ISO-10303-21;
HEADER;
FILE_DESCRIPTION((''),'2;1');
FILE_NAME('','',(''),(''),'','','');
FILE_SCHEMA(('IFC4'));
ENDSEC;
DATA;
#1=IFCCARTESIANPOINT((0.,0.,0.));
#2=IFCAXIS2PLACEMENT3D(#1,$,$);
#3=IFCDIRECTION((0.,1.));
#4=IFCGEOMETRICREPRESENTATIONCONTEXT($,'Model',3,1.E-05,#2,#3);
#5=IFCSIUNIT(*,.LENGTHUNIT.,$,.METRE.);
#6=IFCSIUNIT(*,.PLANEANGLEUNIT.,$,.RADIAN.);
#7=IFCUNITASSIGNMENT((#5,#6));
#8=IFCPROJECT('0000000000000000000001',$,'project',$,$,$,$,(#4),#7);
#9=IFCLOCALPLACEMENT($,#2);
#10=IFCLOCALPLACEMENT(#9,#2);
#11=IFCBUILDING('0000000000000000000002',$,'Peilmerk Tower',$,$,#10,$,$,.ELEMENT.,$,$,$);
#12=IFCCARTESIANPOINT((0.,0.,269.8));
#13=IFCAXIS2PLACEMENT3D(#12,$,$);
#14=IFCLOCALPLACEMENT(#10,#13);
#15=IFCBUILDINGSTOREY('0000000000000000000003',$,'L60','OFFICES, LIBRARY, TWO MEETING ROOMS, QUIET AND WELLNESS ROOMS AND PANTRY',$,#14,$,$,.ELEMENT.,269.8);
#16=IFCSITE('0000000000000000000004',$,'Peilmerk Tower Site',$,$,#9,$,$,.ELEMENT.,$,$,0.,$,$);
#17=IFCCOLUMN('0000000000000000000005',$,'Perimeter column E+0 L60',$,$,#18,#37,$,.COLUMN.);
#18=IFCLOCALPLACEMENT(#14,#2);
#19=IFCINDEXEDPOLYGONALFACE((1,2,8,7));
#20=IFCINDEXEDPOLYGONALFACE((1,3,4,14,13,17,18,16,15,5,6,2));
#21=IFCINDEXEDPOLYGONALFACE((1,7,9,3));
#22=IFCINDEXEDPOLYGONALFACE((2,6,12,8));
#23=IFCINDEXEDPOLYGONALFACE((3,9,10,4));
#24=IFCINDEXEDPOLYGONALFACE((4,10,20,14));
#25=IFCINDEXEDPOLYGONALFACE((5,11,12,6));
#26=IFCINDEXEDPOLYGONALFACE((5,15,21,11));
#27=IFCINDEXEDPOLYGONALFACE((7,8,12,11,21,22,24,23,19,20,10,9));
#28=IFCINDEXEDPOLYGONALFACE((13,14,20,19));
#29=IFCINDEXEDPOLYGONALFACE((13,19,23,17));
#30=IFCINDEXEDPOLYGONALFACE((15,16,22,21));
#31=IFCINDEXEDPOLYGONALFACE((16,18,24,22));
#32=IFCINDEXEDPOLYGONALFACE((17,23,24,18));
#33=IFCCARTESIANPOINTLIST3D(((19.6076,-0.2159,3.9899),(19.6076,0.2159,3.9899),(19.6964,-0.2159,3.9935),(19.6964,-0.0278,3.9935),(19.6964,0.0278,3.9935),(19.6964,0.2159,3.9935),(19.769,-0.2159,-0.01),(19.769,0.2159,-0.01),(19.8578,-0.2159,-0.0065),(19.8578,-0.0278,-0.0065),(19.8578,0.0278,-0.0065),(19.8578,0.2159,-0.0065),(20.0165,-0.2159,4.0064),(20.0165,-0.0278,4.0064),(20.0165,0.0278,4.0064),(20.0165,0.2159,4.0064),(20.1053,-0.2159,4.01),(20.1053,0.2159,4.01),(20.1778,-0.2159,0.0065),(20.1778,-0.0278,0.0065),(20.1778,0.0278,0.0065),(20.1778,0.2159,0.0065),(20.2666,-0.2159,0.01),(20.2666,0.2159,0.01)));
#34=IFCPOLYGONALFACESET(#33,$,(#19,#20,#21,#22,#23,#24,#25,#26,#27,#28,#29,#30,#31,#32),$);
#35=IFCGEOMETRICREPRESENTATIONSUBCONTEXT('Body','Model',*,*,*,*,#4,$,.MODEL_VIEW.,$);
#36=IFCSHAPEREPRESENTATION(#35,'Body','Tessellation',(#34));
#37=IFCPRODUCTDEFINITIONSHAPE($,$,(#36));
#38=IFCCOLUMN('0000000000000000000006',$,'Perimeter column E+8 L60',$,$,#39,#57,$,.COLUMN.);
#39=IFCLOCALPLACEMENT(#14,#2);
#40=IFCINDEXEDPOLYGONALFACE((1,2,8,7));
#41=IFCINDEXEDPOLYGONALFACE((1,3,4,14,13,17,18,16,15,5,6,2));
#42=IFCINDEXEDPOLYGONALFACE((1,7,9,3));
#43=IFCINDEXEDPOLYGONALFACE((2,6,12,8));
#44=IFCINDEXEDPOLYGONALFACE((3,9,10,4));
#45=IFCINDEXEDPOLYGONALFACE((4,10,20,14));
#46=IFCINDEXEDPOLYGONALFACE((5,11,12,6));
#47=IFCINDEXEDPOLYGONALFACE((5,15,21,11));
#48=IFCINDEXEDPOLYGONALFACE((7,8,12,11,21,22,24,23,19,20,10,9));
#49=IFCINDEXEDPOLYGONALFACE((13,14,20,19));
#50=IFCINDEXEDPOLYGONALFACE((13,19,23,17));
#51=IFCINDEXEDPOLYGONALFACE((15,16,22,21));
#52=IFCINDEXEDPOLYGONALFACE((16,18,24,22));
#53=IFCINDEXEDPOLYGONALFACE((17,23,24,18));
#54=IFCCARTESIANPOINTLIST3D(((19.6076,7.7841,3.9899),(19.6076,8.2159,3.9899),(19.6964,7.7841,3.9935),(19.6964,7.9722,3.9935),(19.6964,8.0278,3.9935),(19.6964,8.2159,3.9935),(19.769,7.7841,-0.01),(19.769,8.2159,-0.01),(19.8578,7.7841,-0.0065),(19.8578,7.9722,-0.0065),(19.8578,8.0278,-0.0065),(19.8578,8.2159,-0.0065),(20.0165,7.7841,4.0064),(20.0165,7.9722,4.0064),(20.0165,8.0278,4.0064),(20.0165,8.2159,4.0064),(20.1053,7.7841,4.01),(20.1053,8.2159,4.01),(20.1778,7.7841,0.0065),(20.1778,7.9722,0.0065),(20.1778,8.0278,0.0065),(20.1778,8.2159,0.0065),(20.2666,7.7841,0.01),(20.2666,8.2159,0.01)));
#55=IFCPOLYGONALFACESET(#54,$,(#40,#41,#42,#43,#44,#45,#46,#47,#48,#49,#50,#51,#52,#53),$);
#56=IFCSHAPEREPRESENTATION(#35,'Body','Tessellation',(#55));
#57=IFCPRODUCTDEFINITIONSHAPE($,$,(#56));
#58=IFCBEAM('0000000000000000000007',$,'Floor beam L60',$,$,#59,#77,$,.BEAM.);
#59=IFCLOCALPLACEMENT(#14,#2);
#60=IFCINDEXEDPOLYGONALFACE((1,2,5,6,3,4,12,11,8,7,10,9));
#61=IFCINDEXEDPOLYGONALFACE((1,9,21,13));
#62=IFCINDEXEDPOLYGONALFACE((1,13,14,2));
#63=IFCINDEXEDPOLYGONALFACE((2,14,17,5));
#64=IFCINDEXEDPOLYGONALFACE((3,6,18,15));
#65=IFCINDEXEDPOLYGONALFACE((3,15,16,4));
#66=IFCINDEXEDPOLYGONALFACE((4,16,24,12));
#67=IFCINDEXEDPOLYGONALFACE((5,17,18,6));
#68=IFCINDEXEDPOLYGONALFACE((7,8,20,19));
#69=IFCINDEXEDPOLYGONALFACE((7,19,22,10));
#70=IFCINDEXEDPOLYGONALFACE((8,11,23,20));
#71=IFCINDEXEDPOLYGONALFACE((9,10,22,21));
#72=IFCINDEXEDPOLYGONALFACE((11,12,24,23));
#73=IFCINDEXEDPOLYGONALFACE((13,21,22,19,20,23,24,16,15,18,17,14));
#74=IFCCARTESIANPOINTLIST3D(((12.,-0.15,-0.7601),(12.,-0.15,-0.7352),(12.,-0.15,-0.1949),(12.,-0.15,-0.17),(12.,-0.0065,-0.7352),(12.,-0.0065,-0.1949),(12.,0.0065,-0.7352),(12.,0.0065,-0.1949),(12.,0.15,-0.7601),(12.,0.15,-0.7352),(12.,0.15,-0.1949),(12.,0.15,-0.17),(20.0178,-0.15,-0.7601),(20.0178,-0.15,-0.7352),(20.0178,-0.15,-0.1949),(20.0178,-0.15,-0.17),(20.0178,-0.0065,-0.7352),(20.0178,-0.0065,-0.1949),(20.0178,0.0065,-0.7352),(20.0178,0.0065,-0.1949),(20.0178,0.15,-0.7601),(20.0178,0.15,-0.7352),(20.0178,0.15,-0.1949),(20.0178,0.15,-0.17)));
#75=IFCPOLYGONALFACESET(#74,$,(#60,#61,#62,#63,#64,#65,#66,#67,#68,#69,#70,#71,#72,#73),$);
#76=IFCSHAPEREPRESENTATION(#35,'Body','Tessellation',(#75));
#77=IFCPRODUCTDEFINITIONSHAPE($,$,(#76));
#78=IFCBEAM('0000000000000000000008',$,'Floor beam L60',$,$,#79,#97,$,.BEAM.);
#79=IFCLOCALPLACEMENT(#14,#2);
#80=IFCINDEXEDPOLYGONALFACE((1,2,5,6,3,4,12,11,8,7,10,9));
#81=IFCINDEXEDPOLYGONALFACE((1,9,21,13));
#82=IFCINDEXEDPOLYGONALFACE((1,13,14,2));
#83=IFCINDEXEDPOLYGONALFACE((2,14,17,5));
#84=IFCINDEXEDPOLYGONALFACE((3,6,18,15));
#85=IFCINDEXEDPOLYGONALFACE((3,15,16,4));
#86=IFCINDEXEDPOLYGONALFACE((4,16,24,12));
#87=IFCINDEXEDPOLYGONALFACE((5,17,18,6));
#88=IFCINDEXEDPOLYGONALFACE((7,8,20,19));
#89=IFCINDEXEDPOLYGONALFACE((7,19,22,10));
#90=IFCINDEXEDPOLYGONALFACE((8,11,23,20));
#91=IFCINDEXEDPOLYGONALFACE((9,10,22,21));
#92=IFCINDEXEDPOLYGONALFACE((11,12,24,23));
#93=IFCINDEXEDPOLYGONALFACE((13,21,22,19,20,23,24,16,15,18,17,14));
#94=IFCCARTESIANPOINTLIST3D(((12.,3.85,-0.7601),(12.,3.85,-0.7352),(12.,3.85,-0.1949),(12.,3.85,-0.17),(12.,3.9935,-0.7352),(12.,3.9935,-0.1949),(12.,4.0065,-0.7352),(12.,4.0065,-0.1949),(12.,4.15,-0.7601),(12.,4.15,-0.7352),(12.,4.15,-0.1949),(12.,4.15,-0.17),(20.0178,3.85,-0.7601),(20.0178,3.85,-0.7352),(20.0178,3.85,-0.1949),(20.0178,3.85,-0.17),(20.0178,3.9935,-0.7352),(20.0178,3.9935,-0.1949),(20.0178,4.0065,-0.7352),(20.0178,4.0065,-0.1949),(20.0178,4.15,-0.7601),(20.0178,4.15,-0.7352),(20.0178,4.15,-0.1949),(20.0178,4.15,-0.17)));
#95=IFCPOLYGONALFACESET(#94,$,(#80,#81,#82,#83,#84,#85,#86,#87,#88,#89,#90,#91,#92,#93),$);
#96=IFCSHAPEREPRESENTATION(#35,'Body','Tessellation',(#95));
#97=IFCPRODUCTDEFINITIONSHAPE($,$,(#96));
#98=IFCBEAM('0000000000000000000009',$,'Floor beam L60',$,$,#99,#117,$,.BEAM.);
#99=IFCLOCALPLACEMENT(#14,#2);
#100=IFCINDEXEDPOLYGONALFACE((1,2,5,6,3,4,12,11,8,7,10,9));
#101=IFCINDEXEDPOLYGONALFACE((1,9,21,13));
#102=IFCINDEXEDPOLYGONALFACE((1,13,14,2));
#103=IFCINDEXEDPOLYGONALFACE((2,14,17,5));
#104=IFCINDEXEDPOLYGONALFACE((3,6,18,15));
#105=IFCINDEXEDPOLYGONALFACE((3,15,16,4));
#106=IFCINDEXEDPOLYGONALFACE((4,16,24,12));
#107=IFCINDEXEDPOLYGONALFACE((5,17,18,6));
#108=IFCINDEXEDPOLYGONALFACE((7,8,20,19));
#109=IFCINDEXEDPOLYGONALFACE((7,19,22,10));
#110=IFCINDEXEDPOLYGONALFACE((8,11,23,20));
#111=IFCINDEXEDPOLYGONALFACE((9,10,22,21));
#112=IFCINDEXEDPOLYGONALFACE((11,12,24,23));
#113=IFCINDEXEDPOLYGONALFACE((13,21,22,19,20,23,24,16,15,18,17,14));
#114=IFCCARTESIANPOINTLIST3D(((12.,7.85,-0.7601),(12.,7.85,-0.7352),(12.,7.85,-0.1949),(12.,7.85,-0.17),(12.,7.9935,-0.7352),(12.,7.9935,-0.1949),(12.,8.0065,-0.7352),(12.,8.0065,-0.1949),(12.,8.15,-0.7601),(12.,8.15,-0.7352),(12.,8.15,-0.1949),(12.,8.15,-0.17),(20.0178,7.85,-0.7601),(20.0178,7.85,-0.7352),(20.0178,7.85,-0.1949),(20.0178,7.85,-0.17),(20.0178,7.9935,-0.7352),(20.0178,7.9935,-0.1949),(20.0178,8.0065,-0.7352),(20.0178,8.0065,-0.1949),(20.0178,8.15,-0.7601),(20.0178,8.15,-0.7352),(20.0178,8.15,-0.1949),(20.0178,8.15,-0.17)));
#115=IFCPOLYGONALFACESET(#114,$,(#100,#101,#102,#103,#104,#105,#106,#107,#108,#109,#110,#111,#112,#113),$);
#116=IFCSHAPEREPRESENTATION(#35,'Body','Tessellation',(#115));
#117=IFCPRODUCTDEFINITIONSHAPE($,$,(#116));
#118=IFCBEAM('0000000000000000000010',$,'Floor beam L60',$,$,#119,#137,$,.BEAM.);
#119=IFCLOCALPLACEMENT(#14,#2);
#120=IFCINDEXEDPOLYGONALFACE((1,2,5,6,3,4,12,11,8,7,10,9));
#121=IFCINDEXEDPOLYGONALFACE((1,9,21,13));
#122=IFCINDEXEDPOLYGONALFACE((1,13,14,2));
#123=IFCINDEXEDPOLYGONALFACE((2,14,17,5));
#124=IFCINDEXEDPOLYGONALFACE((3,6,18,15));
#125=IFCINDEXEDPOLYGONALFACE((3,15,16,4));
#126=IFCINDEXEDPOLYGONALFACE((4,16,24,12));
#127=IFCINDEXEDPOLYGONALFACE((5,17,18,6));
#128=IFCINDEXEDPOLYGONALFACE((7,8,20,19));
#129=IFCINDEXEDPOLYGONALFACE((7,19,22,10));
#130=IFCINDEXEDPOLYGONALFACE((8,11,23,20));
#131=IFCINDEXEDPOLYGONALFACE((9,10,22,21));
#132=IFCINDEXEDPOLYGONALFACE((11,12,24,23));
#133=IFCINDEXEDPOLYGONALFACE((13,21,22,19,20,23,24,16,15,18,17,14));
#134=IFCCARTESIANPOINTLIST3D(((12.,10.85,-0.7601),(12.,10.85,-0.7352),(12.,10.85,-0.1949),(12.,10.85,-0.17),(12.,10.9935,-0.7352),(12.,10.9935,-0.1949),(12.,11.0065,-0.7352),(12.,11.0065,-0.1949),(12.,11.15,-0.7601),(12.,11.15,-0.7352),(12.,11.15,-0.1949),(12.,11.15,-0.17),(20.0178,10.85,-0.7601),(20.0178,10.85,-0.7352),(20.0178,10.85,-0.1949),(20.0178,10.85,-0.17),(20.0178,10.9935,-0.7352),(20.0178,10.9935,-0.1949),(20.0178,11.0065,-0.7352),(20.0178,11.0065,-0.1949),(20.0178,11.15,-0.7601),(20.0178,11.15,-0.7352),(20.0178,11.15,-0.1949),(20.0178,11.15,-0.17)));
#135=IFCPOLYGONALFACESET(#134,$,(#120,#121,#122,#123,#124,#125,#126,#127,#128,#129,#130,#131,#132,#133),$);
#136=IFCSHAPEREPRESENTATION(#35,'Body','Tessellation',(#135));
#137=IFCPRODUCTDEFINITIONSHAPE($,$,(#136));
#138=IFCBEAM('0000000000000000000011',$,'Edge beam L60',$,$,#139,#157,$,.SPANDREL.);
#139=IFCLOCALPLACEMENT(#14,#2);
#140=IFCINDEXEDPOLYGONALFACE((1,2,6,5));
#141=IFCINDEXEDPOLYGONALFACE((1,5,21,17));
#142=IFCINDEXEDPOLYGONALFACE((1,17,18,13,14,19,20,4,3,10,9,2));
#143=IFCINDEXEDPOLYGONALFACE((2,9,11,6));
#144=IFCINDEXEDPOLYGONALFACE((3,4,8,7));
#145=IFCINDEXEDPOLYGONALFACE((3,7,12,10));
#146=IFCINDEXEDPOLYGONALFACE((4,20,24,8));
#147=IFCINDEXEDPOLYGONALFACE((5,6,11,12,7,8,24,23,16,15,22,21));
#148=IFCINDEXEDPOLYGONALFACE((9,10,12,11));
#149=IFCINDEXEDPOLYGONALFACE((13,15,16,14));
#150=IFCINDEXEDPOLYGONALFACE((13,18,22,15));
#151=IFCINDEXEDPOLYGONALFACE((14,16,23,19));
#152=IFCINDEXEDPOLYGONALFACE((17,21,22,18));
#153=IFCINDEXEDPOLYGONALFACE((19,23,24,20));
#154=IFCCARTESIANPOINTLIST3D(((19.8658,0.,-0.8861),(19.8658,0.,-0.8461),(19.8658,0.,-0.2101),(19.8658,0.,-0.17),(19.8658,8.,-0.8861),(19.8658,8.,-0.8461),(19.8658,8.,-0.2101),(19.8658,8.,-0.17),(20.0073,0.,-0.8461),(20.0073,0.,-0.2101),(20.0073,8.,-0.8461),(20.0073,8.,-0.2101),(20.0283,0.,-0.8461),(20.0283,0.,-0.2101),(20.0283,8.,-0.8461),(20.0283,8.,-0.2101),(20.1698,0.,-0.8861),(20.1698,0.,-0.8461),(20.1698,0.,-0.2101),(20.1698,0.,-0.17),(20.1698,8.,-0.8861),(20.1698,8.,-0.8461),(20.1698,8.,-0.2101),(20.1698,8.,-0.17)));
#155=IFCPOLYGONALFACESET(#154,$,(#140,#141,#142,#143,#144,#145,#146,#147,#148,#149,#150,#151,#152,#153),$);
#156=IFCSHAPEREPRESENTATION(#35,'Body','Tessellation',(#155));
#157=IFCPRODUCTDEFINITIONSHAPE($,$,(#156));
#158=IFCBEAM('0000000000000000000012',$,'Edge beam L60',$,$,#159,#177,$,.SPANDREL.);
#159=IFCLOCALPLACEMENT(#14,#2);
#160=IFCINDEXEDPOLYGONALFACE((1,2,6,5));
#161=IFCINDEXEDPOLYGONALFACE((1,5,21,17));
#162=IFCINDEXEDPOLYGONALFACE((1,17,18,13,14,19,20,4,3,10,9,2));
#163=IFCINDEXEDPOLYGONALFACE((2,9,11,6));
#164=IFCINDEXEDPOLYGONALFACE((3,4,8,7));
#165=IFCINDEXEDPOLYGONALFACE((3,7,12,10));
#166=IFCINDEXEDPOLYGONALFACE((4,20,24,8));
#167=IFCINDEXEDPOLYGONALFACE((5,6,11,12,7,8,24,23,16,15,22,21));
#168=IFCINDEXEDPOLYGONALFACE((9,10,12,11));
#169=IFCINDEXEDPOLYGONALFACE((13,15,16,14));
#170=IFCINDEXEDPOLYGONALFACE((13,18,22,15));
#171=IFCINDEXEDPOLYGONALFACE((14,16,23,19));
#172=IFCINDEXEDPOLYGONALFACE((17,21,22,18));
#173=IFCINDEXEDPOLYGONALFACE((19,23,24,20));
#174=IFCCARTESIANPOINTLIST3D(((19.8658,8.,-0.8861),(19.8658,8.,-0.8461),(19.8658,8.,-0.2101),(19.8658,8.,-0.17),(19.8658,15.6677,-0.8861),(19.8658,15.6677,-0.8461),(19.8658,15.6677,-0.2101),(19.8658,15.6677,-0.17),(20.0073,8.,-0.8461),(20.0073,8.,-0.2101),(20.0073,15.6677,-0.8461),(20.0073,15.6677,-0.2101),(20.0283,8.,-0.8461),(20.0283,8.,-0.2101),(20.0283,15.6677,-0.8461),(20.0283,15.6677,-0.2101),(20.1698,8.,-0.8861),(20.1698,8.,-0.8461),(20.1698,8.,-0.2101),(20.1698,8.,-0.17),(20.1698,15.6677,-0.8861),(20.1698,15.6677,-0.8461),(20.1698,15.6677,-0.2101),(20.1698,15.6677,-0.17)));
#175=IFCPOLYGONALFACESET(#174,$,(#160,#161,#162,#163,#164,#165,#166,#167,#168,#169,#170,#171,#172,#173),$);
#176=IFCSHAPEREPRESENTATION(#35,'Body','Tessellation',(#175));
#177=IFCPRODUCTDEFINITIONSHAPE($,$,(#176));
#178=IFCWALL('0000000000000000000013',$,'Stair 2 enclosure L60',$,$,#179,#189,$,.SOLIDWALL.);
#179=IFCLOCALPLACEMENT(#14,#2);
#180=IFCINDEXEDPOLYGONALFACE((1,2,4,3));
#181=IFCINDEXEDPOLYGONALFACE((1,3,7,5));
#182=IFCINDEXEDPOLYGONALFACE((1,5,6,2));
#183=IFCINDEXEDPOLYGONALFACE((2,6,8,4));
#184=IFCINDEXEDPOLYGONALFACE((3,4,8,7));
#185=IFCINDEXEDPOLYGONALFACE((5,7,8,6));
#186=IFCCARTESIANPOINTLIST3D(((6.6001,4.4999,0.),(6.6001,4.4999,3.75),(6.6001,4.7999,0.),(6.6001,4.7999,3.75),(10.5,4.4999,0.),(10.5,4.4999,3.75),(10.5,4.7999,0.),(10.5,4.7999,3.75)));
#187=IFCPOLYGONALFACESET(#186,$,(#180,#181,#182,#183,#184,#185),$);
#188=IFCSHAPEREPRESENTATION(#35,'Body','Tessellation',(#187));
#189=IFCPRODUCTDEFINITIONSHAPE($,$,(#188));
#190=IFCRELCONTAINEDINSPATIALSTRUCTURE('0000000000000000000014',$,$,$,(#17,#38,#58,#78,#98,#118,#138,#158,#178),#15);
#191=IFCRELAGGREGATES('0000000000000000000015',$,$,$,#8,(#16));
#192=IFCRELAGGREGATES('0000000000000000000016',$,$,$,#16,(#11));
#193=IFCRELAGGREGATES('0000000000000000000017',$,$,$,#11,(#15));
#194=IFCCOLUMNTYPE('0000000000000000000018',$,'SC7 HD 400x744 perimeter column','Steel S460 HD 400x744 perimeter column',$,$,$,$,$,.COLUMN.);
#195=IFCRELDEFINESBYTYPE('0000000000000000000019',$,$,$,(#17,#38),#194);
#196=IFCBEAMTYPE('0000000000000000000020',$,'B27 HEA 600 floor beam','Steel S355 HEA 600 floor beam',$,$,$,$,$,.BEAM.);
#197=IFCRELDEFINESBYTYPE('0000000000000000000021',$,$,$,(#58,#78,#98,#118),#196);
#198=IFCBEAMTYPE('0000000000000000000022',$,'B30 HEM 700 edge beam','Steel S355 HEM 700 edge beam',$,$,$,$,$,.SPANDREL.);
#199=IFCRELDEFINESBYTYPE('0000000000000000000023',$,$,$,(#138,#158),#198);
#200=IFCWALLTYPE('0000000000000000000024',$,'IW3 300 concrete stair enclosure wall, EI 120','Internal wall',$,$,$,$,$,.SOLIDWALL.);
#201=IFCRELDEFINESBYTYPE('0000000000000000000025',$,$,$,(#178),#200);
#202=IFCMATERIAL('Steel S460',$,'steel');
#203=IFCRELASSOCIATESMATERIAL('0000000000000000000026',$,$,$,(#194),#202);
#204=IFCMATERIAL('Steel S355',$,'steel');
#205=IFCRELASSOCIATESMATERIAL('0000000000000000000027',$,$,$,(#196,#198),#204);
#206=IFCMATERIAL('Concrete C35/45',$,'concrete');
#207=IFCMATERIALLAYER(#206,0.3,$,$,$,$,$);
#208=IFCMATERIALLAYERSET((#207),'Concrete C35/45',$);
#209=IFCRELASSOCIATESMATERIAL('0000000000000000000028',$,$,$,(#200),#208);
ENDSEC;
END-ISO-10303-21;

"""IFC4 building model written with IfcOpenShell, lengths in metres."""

from ifc_helpers import new_model, si_unit, direction, frame, frame_2d, origin, origin_2d, place, context, subcontext, project, spatial, rectangle, i_section, extrude, material, layer, layer_set, material_profile, profile_set, type_object, element, save


model = new_model("IFC4")

# Units and contexts
model_context = context("Model", 3, precision=1e-05, world=origin(), true_north=direction((0.0, 1.0)))
body_context = subcontext(model_context, "Body", "Model", "MODEL_VIEW")
ifc_project = project(units=[si_unit("LENGTHUNIT", "METRE"), si_unit("PLANEANGLEUNIT", "RADIAN")], contexts=[model_context])

# Site, building, storey
site_placement = place(None, origin())
site = spatial("IfcSite", under=ifc_project, at=site_placement, Name="Peilmerk Tower Site", CompositionType="ELEMENT", RefElevation=0.0)
building_placement = place(site_placement, origin())
building = spatial("IfcBuilding", under=site, at=building_placement, Name="Peilmerk Tower", CompositionType="ELEMENT")
storey_placement = place(building_placement, frame((0.0, 0.0, 269.8)))
storey = spatial("IfcBuildingStorey", under=building, at=storey_placement, Name="L60", Description="OFFICES, LIBRARY, TWO MEETING ROOMS, QUIET AND WELLNESS ROOMS AND PANTRY", CompositionType="ELEMENT", Elevation=269.8)

# Columns
ifc_material_1 = material(Name="Steel S460", Category="steel")
ifc_material_profile_1 = material_profile(ifc_material_1, i_section(OverallWidth=0.4319, OverallDepth=0.498, WebThickness=0.0557, FlangeThickness=0.0889, at=origin_2d()), Name="HD 400x744")
ifc_profile_set_1 = profile_set([ifc_material_profile_1], Name="Steel S460")
column_type = type_object("IfcColumnType", Name="SC7 HD 400x744 perimeter column", Description="Steel S460 HD 400x744 perimeter column", PredefinedType="COLUMN", material=ifc_profile_set_1)
for number, where, z_axis, x_axis, name in (
    (1, (20.0178, 0.0, 0.0), (-0.040311, 0.0, 0.999187), (0.0, -1.0, 0.0), "Perimeter column E+0 L60"),
    (2, (20.0178, 8.0, 0.0), (-0.040311, 0.0, 0.999187), (0.0, -1.0, 0.0), "Perimeter column E+8 L60"),
):
    element("IfcColumn", number, at=place(storey_placement, frame(where, z_axis=z_axis, x_axis=x_axis)), inside=storey, type_object=column_type, Name=name, PredefinedType="COLUMN", context=body_context, shape_type="SweptSolid", body=[
        extrude(i_section(OverallWidth=0.4319, OverallDepth=0.498, WebThickness=0.0557, FlangeThickness=0.0889, at=origin_2d()), origin(), (0.0, 0.0, 1.0), 4.0032),
    ])

# Beams
ifc_material_2 = material(Name="Steel S355", Category="steel")
ifc_material_profile_2 = material_profile(ifc_material_2, i_section(OverallWidth=0.3, OverallDepth=0.5901, WebThickness=0.0129, FlangeThickness=0.0249, at=origin_2d()), Name="HEA 600")
ifc_profile_set_2 = profile_set([ifc_material_profile_2], Name="Steel S355")
beam_type_1 = type_object("IfcBeamType", Name="B27 HEA 600 floor beam", Description="Steel S355 HEA 600 floor beam", PredefinedType="BEAM", material=ifc_profile_set_2)
for number, where, z_axis, x_axis, name in (
    (3, (12.0, 0.0, -0.4651), (1.0, 0.0, 0.0), (0.0, 1.0, 0.0), "Floor beam L60"),
    (4, (12.0, 4.0, -0.4651), (1.0, 0.0, 0.0), (0.0, 1.0, 0.0), "Floor beam L60"),
    (5, (12.0, 8.0, -0.4651), (1.0, 0.0, 0.0), (0.0, 1.0, 0.0), "Floor beam L60"),
    (6, (12.0, 11.0, -0.4651), (1.0, 0.0, 0.0), (0.0, 1.0, 0.0), "Floor beam L60"),
):
    element("IfcBeam", number, at=place(storey_placement, frame(where, z_axis=z_axis, x_axis=x_axis)), inside=storey, type_object=beam_type_1, Name=name, PredefinedType="BEAM", context=body_context, shape_type="SweptSolid", body=[
        extrude(i_section(OverallWidth=0.3, OverallDepth=0.5901, WebThickness=0.0129, FlangeThickness=0.0249, at=origin_2d()), origin(), (0.0, 0.0, 1.0), 8.0178),
    ])
ifc_material_profile_3 = material_profile(ifc_material_2, i_section(OverallWidth=0.304, OverallDepth=0.7161, WebThickness=0.021, FlangeThickness=0.04, at=origin_2d()), Name="HEM 700")
ifc_profile_set_3 = profile_set([ifc_material_profile_3], Name="Steel S355")
beam_type_2 = type_object("IfcBeamType", Name="B30 HEM 700 edge beam", Description="Steel S355 HEM 700 edge beam", PredefinedType="SPANDREL", material=ifc_profile_set_3)
beam_1_placement = place(storey_placement, frame((20.0178, 0.0, -0.5281), z_axis=(0.0, 1.0, 0.0), x_axis=(-1.0, 0.0, 0.0)))
element("IfcBeam", 7, at=beam_1_placement, inside=storey, type_object=beam_type_2, Name="Edge beam L60", PredefinedType="SPANDREL", context=body_context, shape_type="SweptSolid", body=[
    extrude(i_section(OverallWidth=0.304, OverallDepth=0.7161, WebThickness=0.021, FlangeThickness=0.04, at=origin_2d()), origin(), (0.0, 0.0, 1.0), 8.0),
])
beam_2_placement = place(storey_placement, frame((20.0178, 8.0, -0.5281), z_axis=(0.0, 1.0, 0.0), x_axis=(-1.0, 0.0, 0.0)))
element("IfcBeam", 8, at=beam_2_placement, inside=storey, type_object=beam_type_2, Name="Edge beam L60", PredefinedType="SPANDREL", context=body_context, shape_type="SweptSolid", body=[
    extrude(i_section(OverallWidth=0.304, OverallDepth=0.7161, WebThickness=0.021, FlangeThickness=0.04, at=origin_2d()), origin(), (0.0, 0.0, 1.0), 7.6677),
])

# Wall
ifc_material_3 = material(Name="Concrete C35/45", Category="concrete")
ifc_layer_1 = layer(ifc_material_3, 0.3)
ifc_layer_set_1 = layer_set([ifc_layer_1], Name="Concrete C35/45")
wall_type_1 = type_object("IfcWallType", Name="IW3 300 concrete stair enclosure wall, EI 120", Description="Internal wall", PredefinedType="SOLIDWALL", material=ifc_layer_set_1)
wall_1_placement = place(storey_placement, frame((6.6001, 4.6499, 0.0), z_axis=(0.0, 0.0, 1.0), x_axis=(1.0, 0.0, 0.0)))
element("IfcWall", 9, at=wall_1_placement, inside=storey, type_object=wall_type_1, Name="Stair 2 enclosure L60", PredefinedType="SOLIDWALL", context=body_context, shape_type="SweptSolid", body=[
    extrude(rectangle(XDim=3.8999, YDim=0.3, at=frame_2d((1.95, 0.0))), origin(), (0.0, 0.0, 1.0), 3.75),
])

save(model, "model.ifc")
